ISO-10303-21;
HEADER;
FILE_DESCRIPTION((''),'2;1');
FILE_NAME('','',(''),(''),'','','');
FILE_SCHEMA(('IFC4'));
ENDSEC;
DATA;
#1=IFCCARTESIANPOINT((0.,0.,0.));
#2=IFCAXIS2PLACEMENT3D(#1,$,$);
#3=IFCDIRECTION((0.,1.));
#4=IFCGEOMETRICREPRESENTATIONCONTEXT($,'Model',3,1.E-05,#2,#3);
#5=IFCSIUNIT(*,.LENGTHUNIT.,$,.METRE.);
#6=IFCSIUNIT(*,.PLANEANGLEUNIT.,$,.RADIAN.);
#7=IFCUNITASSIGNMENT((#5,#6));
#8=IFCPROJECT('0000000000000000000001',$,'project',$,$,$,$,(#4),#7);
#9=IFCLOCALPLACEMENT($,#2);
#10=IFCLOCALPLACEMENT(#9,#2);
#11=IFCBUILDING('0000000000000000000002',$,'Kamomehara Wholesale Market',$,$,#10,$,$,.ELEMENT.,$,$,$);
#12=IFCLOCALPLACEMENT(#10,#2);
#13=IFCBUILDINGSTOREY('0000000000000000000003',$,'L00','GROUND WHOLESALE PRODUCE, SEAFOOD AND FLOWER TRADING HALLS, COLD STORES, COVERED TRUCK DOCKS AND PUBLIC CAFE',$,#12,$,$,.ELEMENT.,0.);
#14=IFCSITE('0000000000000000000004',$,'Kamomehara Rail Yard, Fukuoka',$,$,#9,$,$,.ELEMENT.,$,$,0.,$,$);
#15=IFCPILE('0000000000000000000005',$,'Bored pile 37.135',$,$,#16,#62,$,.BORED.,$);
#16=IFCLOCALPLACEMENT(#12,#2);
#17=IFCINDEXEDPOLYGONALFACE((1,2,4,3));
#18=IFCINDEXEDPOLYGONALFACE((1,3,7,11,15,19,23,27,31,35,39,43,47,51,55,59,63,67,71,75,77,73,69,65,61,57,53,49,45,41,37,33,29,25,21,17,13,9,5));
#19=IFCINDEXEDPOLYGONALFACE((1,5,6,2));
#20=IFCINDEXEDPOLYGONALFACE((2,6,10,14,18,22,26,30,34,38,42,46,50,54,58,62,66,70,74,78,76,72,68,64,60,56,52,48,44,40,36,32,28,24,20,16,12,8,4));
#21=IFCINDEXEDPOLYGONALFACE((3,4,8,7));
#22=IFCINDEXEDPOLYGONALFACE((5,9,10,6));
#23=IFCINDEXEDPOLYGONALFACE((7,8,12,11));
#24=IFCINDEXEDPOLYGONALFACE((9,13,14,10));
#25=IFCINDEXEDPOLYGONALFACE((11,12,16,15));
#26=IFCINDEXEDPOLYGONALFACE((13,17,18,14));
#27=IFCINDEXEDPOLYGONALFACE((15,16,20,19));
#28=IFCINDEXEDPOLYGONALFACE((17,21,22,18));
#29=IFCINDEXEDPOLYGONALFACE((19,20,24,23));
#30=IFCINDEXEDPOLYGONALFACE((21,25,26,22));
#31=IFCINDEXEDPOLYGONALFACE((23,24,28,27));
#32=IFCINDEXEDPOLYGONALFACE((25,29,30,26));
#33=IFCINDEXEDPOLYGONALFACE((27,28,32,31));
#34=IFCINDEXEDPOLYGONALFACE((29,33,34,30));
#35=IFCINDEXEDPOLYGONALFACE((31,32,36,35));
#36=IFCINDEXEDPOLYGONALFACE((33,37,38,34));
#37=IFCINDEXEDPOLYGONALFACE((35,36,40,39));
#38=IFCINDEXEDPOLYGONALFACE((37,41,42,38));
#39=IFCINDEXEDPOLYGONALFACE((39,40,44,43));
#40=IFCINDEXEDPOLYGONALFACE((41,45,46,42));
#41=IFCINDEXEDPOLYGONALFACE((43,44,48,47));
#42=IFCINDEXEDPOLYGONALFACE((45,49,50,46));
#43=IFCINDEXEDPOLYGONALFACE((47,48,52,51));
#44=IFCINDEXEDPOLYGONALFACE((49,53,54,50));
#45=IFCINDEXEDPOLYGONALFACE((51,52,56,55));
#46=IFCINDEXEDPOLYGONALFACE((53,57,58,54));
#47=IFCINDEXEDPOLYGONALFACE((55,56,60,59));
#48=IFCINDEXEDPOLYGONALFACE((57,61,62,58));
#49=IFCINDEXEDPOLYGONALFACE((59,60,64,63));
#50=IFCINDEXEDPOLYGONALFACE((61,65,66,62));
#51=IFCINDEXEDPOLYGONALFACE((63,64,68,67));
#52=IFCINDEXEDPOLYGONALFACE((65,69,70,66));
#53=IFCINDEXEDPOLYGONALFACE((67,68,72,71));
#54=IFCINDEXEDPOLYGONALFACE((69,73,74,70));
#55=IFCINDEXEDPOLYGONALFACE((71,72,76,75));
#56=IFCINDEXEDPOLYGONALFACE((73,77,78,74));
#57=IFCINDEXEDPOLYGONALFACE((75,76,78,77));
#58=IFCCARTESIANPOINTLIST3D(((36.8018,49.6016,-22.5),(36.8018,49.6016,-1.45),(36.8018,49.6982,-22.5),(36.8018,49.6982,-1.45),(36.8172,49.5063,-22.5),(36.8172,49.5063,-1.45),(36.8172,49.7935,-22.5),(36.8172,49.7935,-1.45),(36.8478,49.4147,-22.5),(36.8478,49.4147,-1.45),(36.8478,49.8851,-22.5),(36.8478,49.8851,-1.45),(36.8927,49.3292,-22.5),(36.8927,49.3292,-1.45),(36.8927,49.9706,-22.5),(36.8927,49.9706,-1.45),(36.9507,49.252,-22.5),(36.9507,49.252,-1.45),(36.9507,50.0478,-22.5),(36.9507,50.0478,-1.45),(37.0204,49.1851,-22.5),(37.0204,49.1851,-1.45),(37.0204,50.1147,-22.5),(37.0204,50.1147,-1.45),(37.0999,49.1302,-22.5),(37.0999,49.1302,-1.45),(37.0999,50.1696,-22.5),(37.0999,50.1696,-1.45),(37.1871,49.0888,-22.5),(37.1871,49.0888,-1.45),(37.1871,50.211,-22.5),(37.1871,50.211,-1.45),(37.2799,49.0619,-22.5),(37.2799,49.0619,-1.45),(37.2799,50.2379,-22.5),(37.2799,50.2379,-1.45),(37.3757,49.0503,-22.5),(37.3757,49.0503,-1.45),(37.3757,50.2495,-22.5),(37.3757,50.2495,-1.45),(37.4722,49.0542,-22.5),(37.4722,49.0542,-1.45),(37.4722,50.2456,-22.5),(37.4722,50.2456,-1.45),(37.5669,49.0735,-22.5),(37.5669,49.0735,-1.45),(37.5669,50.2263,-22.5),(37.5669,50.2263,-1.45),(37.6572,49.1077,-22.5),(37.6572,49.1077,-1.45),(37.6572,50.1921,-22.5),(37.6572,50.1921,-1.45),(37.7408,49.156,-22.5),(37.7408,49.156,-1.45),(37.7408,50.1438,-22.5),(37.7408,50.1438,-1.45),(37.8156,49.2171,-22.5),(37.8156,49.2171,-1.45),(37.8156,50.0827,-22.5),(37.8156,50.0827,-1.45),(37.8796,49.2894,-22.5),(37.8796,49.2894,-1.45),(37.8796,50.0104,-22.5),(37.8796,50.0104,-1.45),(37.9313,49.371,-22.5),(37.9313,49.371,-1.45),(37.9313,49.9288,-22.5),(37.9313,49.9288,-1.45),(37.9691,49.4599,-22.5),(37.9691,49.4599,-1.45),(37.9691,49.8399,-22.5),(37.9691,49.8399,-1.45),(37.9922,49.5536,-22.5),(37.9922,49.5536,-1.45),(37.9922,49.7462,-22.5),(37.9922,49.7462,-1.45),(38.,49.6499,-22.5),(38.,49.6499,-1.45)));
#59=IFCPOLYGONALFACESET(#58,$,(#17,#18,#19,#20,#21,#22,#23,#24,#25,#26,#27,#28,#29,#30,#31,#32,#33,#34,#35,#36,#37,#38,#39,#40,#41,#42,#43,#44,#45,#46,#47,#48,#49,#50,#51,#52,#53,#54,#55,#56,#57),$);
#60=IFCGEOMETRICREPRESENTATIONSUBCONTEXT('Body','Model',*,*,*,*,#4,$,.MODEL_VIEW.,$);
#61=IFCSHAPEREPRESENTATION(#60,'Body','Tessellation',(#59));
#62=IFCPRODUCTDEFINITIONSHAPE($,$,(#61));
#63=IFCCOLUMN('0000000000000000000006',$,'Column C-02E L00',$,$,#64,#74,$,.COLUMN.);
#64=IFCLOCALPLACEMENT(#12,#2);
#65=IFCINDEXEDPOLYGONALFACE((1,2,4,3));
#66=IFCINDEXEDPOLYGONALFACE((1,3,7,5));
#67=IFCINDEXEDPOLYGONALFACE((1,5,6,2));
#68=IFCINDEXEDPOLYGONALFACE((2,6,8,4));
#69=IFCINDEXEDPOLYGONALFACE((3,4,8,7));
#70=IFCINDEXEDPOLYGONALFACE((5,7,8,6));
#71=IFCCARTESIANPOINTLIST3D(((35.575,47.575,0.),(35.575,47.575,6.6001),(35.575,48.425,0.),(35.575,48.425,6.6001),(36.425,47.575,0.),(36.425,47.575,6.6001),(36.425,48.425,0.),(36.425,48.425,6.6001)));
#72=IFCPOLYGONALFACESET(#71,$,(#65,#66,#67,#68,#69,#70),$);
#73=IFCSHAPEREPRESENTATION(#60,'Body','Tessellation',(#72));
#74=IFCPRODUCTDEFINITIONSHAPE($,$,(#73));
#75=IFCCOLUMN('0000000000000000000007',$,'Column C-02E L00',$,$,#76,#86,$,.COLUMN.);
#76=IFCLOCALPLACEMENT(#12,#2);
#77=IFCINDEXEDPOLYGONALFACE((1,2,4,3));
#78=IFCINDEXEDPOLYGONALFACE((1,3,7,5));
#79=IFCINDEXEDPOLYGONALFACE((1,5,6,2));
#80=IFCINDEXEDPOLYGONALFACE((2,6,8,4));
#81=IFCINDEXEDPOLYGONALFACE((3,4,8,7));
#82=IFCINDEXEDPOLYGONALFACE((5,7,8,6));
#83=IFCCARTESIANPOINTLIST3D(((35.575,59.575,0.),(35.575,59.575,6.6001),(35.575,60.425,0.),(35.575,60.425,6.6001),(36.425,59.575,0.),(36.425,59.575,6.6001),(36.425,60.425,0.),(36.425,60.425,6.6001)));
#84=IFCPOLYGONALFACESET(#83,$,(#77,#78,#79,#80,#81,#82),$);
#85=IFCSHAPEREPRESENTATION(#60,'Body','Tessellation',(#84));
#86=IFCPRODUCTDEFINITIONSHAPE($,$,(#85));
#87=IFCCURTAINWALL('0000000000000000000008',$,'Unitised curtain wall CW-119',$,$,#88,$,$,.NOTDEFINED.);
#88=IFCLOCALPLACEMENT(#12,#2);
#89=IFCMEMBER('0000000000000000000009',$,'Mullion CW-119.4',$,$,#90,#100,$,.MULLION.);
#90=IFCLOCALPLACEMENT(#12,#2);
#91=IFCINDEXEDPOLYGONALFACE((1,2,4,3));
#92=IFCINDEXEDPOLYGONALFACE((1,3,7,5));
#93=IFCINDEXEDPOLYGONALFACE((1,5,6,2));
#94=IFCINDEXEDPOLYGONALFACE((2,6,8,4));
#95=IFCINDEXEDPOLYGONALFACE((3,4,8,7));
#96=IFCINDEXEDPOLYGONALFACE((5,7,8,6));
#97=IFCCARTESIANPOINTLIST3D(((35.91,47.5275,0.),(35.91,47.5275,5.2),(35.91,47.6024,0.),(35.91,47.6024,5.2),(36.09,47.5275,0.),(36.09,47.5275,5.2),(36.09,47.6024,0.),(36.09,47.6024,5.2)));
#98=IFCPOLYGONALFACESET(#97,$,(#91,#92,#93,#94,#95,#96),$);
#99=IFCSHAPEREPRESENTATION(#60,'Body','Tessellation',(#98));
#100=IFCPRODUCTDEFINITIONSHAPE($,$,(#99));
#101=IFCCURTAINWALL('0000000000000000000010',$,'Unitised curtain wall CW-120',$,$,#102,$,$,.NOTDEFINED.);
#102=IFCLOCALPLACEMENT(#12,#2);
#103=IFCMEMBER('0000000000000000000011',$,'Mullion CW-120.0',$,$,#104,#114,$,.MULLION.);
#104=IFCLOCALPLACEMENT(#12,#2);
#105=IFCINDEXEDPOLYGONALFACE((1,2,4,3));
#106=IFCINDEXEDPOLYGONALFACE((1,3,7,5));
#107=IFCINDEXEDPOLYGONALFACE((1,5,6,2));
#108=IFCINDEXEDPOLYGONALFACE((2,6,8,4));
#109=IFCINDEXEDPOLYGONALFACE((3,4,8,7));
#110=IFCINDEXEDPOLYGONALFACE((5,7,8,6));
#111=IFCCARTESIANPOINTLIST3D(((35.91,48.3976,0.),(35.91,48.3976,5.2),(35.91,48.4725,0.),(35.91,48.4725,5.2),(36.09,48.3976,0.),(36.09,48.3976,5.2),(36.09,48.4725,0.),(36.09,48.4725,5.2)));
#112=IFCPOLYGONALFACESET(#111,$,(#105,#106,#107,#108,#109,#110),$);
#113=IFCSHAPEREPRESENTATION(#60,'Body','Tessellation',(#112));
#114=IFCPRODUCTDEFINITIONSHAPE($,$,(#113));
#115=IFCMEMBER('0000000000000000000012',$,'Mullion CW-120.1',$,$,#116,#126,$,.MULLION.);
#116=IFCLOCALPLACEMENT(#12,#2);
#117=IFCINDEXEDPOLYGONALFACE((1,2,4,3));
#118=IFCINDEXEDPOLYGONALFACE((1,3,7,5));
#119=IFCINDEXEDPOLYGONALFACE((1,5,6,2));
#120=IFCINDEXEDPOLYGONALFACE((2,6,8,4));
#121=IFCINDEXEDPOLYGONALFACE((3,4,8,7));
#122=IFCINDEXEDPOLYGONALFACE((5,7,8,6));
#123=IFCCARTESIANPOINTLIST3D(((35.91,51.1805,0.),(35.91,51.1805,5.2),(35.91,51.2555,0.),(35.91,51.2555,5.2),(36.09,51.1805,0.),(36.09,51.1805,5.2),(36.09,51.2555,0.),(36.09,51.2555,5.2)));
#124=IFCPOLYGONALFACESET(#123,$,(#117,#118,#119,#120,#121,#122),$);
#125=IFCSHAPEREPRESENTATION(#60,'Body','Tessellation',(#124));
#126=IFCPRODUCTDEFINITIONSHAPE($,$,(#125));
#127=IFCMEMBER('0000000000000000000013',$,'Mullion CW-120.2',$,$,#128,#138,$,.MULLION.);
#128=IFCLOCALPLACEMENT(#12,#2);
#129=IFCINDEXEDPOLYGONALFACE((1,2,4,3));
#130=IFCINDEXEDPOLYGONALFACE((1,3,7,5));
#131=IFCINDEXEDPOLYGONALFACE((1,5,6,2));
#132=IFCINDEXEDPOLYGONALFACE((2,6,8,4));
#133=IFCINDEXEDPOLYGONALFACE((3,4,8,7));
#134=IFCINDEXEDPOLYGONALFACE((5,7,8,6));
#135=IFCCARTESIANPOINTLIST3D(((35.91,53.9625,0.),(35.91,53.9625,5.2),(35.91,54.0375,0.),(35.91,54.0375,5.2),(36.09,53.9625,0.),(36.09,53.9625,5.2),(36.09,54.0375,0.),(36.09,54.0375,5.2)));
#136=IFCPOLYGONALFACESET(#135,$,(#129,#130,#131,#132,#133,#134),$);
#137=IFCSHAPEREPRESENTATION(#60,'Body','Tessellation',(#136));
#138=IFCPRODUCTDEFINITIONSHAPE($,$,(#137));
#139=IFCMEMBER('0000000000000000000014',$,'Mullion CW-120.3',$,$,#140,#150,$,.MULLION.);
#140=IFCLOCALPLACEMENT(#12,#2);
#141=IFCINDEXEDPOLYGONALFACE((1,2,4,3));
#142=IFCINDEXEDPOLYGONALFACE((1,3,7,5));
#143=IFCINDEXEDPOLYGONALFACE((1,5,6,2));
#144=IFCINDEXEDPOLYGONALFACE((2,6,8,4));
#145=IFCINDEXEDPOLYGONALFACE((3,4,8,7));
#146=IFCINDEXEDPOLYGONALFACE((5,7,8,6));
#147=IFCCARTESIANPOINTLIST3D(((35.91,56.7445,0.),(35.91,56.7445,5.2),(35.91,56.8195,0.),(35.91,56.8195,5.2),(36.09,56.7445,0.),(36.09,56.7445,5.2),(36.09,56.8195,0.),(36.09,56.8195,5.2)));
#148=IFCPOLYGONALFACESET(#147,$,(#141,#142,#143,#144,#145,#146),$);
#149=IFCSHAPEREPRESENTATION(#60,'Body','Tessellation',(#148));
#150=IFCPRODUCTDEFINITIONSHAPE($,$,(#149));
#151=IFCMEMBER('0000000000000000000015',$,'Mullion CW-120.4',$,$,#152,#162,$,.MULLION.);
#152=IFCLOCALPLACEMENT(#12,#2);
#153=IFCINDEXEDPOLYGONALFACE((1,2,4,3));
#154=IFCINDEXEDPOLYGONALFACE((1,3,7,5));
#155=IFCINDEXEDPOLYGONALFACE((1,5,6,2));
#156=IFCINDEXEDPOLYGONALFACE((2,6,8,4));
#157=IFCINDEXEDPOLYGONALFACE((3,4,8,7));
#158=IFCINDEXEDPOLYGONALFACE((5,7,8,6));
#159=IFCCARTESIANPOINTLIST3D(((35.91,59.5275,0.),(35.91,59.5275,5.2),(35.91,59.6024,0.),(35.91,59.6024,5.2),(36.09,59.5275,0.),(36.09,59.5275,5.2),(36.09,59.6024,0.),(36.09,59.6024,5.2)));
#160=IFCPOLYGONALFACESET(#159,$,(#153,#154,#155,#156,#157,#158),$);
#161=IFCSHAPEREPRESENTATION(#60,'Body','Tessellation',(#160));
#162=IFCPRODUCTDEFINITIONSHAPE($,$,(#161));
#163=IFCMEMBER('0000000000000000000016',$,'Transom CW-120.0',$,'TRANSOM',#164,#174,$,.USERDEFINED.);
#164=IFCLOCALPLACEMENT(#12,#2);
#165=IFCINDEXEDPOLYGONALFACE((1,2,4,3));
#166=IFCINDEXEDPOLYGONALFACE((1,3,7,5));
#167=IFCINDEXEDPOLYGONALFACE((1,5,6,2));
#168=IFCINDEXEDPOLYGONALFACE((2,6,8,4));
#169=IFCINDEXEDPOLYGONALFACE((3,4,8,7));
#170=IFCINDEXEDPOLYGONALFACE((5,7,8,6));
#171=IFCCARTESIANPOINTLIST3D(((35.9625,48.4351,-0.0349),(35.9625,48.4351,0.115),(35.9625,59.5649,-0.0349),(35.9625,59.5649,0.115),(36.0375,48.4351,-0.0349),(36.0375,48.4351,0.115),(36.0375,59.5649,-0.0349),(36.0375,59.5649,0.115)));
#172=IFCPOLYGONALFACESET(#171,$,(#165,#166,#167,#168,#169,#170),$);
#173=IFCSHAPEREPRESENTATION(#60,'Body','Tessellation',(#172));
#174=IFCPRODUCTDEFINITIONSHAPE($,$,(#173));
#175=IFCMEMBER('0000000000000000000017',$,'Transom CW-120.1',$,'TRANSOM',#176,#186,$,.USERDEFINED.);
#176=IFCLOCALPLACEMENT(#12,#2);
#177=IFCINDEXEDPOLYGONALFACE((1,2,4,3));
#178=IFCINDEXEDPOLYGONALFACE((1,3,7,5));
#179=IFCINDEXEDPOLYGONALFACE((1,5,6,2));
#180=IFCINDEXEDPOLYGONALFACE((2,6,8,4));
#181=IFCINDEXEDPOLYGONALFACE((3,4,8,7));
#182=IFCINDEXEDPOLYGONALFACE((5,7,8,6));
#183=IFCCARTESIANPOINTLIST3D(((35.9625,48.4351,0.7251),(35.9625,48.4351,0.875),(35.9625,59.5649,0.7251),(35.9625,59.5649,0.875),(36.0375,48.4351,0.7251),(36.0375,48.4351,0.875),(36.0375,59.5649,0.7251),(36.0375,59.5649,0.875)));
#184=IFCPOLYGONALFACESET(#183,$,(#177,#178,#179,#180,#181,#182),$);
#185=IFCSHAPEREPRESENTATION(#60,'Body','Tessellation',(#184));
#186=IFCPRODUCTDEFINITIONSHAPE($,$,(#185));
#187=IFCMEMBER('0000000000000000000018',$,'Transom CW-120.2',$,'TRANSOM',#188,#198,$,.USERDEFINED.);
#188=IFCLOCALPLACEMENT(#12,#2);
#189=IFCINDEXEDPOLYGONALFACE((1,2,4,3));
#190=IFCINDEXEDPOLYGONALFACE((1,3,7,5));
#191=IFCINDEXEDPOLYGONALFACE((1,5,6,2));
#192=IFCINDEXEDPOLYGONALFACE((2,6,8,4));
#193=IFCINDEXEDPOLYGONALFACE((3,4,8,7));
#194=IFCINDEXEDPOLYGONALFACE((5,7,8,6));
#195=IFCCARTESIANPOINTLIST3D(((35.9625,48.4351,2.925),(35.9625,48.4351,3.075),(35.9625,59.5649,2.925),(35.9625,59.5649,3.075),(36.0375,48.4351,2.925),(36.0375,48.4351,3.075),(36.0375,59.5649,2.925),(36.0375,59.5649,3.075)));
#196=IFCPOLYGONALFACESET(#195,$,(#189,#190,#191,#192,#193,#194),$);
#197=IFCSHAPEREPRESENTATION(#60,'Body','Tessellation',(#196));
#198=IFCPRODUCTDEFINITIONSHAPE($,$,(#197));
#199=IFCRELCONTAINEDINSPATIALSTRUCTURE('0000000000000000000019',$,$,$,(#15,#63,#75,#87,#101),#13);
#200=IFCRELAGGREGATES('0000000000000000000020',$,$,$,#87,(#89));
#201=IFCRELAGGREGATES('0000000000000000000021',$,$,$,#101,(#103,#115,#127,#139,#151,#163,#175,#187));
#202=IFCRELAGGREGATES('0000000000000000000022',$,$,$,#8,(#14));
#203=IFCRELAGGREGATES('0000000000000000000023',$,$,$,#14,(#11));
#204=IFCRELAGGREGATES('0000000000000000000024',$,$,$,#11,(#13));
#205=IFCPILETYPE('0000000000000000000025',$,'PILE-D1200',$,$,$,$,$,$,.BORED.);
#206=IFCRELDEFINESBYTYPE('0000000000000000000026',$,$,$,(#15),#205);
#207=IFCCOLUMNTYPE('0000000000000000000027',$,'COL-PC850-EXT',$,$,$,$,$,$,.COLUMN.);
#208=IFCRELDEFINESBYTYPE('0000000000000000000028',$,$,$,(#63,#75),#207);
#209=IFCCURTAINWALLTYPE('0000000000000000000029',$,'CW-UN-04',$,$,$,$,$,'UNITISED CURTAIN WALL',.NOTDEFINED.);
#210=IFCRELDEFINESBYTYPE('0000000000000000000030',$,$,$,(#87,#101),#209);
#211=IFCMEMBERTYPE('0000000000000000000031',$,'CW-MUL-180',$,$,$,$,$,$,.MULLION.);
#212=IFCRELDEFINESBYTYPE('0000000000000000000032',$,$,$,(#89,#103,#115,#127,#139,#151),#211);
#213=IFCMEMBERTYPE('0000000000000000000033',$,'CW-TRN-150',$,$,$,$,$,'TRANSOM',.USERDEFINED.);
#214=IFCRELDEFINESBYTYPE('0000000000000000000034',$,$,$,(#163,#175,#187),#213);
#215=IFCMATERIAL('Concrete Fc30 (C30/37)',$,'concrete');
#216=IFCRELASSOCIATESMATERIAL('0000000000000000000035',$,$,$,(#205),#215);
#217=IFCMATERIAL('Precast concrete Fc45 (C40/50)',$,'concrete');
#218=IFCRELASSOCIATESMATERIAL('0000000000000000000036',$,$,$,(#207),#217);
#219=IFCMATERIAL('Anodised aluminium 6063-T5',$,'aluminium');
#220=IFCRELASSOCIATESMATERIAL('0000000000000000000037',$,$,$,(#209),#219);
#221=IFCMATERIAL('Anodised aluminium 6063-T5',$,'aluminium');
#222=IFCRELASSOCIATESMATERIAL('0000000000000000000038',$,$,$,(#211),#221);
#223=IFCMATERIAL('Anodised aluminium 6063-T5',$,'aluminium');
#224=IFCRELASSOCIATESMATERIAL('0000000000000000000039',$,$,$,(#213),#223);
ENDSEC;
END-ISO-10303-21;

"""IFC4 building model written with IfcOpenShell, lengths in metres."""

from ifc_helpers import new_model, si_unit, direction, frame, origin, origin_2d, place, context, subcontext, project, spatial, rectangle, circle, extrude, material, material_profile, profile_set, type_object, element, aggregate, save


model = new_model("IFC4")

# Units and contexts
model_context = context("Model", 3, precision=1e-05, world=origin(), true_north=direction((0.0, 1.0)))
body_context = subcontext(model_context, "Body", "Model", "MODEL_VIEW")
ifc_project = project(units=[si_unit("LENGTHUNIT", "METRE"), si_unit("PLANEANGLEUNIT", "RADIAN")], contexts=[model_context])

# Site, building, storey
site_placement = place(None, origin())
site = spatial("IfcSite", under=ifc_project, at=site_placement, Name="Kamomehara Rail Yard, Fukuoka", CompositionType="ELEMENT", RefElevation=0.0)
building_placement = place(site_placement, origin())
building = spatial("IfcBuilding", under=site, at=building_placement, Name="Kamomehara Wholesale Market", CompositionType="ELEMENT")
storey_placement = place(building_placement, origin())
storey = spatial("IfcBuildingStorey", under=building, at=storey_placement, Name="L00", Description="GROUND WHOLESALE PRODUCE, SEAFOOD AND FLOWER TRADING HALLS, COLD STORES, COVERED TRUCK DOCKS AND PUBLIC CAFE", CompositionType="ELEMENT", Elevation=0.0)

# Pile
ifc_material_1 = material(Name="Concrete Fc30 (C30/37)", Category="concrete")
ifc_material_profile_1 = material_profile(ifc_material_1, circle(Radius=0.6001, at=origin_2d()), Name="RC-PILE-D1200")
ifc_profile_set_1 = profile_set([ifc_material_profile_1], Name="Concrete Fc30 (C30/37)")
pile_type_1 = type_object("IfcPileType", Name="PILE-D1200", PredefinedType="BORED", material=ifc_profile_set_1)
for number, where, z_axis, x_axis, name in (
    (1, (37.3999, 49.6499, -1.45), (0.0, 0.0, -1.0), (1.0, 0.0, 0.0), "Bored pile 37.135"),
):
    element("IfcPile", number, at=place(storey_placement, frame(where, z_axis=z_axis, x_axis=x_axis)), inside=storey, type_object=pile_type_1, Name=name, PredefinedType="BORED", context=body_context, shape_type="SweptSolid", body=[
        extrude(circle(Radius=0.6001, at=origin_2d()), origin(), (0.0, 0.0, 1.0), 21.05),
    ])

# Columns
ifc_material_2 = material(Name="Precast concrete Fc45 (C40/50)", Category="concrete")
ifc_material_profile_2 = material_profile(ifc_material_2, rectangle(XDim=0.8501, YDim=0.8501, at=origin_2d()), Name="PC-COL-850x850")
ifc_profile_set_2 = profile_set([ifc_material_profile_2], Name="Precast concrete Fc45 (C40/50)")
column_type = type_object("IfcColumnType", Name="COL-PC850-EXT", PredefinedType="COLUMN", material=ifc_profile_set_2)
for number, where, z_axis, x_axis, name in (
    (2, (36.0, 48.0, 0.0), (0.0, 0.0, 1.0), (1.0, 0.0, 0.0), "Column C-02E L00"),
    (3, (36.0, 60.0, 0.0), (0.0, 0.0, 1.0), (1.0, 0.0, 0.0), "Column C-02E L00"),
):
    element("IfcColumn", number, at=place(storey_placement, frame(where, z_axis=z_axis, x_axis=x_axis)), inside=storey, type_object=column_type, Name=name, PredefinedType="COLUMN", context=body_context, shape_type="SweptSolid", body=[
        extrude(rectangle(XDim=0.8501, YDim=0.8501, at=origin_2d()), origin(), (0.0, 0.0, 1.0), 6.6001),
    ])

# Curtain wall, member
ifc_material_3 = material(Name="Anodised aluminium 6063-T5", Category="aluminium")
curtain_wall_type = type_object("IfcCurtainWallType", Name="CW-UN-04", ElementType="UNITISED CURTAIN WALL", PredefinedType="NOTDEFINED", material=ifc_material_3)
curtain_wall_1_placement = place(storey_placement, origin())
curtain_wall_1 = element("IfcCurtainWall", 4, at=curtain_wall_1_placement, inside=storey, type_object=curtain_wall_type, Name="Unitised curtain wall CW-119", PredefinedType="NOTDEFINED")
ifc_material_4 = material(Name="Anodised aluminium 6063-T5", Category="aluminium")
ifc_material_profile_3 = material_profile(ifc_material_4, rectangle(XDim=0.075, YDim=0.1799, at=origin_2d()), Name="ALU-MUL-75x180")
ifc_profile_set_3 = profile_set([ifc_material_profile_3], Name="Anodised aluminium 6063-T5")
member_type_1 = type_object("IfcMemberType", Name="CW-MUL-180", PredefinedType="MULLION", material=ifc_profile_set_3)
member_1_placement = place(storey_placement, frame((36.0, 47.5649, 0.0), z_axis=(0.0, 0.0, 1.0), x_axis=(0.0, 1.0, 0.0)))
member_1 = element("IfcMember", 5, at=member_1_placement, type_object=member_type_1, Name="Mullion CW-119.4", PredefinedType="MULLION", context=body_context, shape_type="SweptSolid", body=[
    extrude(rectangle(XDim=0.075, YDim=0.1799, at=origin_2d()), origin(), (0.0, 0.0, 1.0), 5.2),
])
aggregate(curtain_wall_1, [member_1])

# Curtain wall, members
curtain_wall_2_placement = place(storey_placement, origin())
curtain_wall_2 = element("IfcCurtainWall", 6, at=curtain_wall_2_placement, inside=storey, type_object=curtain_wall_type, Name="Unitised curtain wall CW-120", PredefinedType="NOTDEFINED")
member_2_placement = place(storey_placement, frame((36.0, 48.4351, 0.0), z_axis=(0.0, 0.0, 1.0), x_axis=(0.0, 1.0, 0.0)))
member_2 = element("IfcMember", 7, at=member_2_placement, type_object=member_type_1, Name="Mullion CW-120.0", PredefinedType="MULLION", context=body_context, shape_type="SweptSolid", body=[
    extrude(rectangle(XDim=0.075, YDim=0.1799, at=origin_2d()), origin(), (0.0, 0.0, 1.0), 5.2),
])
member_3_placement = place(storey_placement, frame((36.0, 51.218, 0.0), z_axis=(0.0, 0.0, 1.0), x_axis=(0.0, 1.0, 0.0)))
member_3 = element("IfcMember", 8, at=member_3_placement, type_object=member_type_1, Name="Mullion CW-120.1", PredefinedType="MULLION", context=body_context, shape_type="SweptSolid", body=[
    extrude(rectangle(XDim=0.075, YDim=0.1799, at=origin_2d()), origin(), (0.0, 0.0, 1.0), 5.2),
])
member_4_placement = place(storey_placement, frame((36.0, 54.0, 0.0), z_axis=(0.0, 0.0, 1.0), x_axis=(0.0, 1.0, 0.0)))
member_4 = element("IfcMember", 9, at=member_4_placement, type_object=member_type_1, Name="Mullion CW-120.2", PredefinedType="MULLION", context=body_context, shape_type="SweptSolid", body=[
    extrude(rectangle(XDim=0.075, YDim=0.1799, at=origin_2d()), origin(), (0.0, 0.0, 1.0), 5.2),
])
member_5_placement = place(storey_placement, frame((36.0, 56.782, 0.0), z_axis=(0.0, 0.0, 1.0), x_axis=(0.0, 1.0, 0.0)))
member_5 = element("IfcMember", 10, at=member_5_placement, type_object=member_type_1, Name="Mullion CW-120.3", PredefinedType="MULLION", context=body_context, shape_type="SweptSolid", body=[
    extrude(rectangle(XDim=0.075, YDim=0.1799, at=origin_2d()), origin(), (0.0, 0.0, 1.0), 5.2),
])
member_6_placement = place(storey_placement, frame((36.0, 59.5649, 0.0), z_axis=(0.0, 0.0, 1.0), x_axis=(0.0, 1.0, 0.0)))
member_6 = element("IfcMember", 11, at=member_6_placement, type_object=member_type_1, Name="Mullion CW-120.4", PredefinedType="MULLION", context=body_context, shape_type="SweptSolid", body=[
    extrude(rectangle(XDim=0.075, YDim=0.1799, at=origin_2d()), origin(), (0.0, 0.0, 1.0), 5.2),
])
ifc_material_5 = material(Name="Anodised aluminium 6063-T5", Category="aluminium")
ifc_material_profile_4 = material_profile(ifc_material_5, rectangle(XDim=0.075, YDim=0.1499, at=origin_2d()), Name="ALU-TRN-75x150")
ifc_profile_set_4 = profile_set([ifc_material_profile_4], Name="Anodised aluminium 6063-T5")
member_type_2 = type_object("IfcMemberType", Name="CW-TRN-150", ElementType="TRANSOM", PredefinedType="USERDEFINED", material=ifc_profile_set_4)
member_7_placement = place(storey_placement, frame((36.0, 48.4351, 0.04), z_axis=(0.0, 1.0, 0.0), x_axis=(-1.0, 0.0, 0.0)))
member_7 = element("IfcMember", 12, at=member_7_placement, type_object=member_type_2, Name="Transom CW-120.0", ObjectType="TRANSOM", PredefinedType="USERDEFINED", context=body_context, shape_type="SweptSolid", body=[
    extrude(rectangle(XDim=0.075, YDim=0.1499, at=origin_2d()), origin(), (0.0, 0.0, 1.0), 11.1299),
])
member_8_placement = place(storey_placement, frame((36.0, 48.4351, 0.8), z_axis=(0.0, 1.0, 0.0), x_axis=(-1.0, 0.0, 0.0)))
member_8 = element("IfcMember", 13, at=member_8_placement, type_object=member_type_2, Name="Transom CW-120.1", ObjectType="TRANSOM", PredefinedType="USERDEFINED", context=body_context, shape_type="SweptSolid", body=[
    extrude(rectangle(XDim=0.075, YDim=0.1499, at=origin_2d()), origin(), (0.0, 0.0, 1.0), 11.1299),
])
member_9_placement = place(storey_placement, frame((36.0, 48.4351, 3.0), z_axis=(0.0, 1.0, 0.0), x_axis=(-1.0, 0.0, 0.0)))
member_9 = element("IfcMember", 14, at=member_9_placement, type_object=member_type_2, Name="Transom CW-120.2", ObjectType="TRANSOM", PredefinedType="USERDEFINED", context=body_context, shape_type="SweptSolid", body=[
    extrude(rectangle(XDim=0.075, YDim=0.1499, at=origin_2d()), origin(), (0.0, 0.0, 1.0), 11.1299),
])

aggregate(curtain_wall_2, [member_2, member_3, member_4, member_5, member_6, member_7, member_8, member_9])

save(model, "model.ifc")
